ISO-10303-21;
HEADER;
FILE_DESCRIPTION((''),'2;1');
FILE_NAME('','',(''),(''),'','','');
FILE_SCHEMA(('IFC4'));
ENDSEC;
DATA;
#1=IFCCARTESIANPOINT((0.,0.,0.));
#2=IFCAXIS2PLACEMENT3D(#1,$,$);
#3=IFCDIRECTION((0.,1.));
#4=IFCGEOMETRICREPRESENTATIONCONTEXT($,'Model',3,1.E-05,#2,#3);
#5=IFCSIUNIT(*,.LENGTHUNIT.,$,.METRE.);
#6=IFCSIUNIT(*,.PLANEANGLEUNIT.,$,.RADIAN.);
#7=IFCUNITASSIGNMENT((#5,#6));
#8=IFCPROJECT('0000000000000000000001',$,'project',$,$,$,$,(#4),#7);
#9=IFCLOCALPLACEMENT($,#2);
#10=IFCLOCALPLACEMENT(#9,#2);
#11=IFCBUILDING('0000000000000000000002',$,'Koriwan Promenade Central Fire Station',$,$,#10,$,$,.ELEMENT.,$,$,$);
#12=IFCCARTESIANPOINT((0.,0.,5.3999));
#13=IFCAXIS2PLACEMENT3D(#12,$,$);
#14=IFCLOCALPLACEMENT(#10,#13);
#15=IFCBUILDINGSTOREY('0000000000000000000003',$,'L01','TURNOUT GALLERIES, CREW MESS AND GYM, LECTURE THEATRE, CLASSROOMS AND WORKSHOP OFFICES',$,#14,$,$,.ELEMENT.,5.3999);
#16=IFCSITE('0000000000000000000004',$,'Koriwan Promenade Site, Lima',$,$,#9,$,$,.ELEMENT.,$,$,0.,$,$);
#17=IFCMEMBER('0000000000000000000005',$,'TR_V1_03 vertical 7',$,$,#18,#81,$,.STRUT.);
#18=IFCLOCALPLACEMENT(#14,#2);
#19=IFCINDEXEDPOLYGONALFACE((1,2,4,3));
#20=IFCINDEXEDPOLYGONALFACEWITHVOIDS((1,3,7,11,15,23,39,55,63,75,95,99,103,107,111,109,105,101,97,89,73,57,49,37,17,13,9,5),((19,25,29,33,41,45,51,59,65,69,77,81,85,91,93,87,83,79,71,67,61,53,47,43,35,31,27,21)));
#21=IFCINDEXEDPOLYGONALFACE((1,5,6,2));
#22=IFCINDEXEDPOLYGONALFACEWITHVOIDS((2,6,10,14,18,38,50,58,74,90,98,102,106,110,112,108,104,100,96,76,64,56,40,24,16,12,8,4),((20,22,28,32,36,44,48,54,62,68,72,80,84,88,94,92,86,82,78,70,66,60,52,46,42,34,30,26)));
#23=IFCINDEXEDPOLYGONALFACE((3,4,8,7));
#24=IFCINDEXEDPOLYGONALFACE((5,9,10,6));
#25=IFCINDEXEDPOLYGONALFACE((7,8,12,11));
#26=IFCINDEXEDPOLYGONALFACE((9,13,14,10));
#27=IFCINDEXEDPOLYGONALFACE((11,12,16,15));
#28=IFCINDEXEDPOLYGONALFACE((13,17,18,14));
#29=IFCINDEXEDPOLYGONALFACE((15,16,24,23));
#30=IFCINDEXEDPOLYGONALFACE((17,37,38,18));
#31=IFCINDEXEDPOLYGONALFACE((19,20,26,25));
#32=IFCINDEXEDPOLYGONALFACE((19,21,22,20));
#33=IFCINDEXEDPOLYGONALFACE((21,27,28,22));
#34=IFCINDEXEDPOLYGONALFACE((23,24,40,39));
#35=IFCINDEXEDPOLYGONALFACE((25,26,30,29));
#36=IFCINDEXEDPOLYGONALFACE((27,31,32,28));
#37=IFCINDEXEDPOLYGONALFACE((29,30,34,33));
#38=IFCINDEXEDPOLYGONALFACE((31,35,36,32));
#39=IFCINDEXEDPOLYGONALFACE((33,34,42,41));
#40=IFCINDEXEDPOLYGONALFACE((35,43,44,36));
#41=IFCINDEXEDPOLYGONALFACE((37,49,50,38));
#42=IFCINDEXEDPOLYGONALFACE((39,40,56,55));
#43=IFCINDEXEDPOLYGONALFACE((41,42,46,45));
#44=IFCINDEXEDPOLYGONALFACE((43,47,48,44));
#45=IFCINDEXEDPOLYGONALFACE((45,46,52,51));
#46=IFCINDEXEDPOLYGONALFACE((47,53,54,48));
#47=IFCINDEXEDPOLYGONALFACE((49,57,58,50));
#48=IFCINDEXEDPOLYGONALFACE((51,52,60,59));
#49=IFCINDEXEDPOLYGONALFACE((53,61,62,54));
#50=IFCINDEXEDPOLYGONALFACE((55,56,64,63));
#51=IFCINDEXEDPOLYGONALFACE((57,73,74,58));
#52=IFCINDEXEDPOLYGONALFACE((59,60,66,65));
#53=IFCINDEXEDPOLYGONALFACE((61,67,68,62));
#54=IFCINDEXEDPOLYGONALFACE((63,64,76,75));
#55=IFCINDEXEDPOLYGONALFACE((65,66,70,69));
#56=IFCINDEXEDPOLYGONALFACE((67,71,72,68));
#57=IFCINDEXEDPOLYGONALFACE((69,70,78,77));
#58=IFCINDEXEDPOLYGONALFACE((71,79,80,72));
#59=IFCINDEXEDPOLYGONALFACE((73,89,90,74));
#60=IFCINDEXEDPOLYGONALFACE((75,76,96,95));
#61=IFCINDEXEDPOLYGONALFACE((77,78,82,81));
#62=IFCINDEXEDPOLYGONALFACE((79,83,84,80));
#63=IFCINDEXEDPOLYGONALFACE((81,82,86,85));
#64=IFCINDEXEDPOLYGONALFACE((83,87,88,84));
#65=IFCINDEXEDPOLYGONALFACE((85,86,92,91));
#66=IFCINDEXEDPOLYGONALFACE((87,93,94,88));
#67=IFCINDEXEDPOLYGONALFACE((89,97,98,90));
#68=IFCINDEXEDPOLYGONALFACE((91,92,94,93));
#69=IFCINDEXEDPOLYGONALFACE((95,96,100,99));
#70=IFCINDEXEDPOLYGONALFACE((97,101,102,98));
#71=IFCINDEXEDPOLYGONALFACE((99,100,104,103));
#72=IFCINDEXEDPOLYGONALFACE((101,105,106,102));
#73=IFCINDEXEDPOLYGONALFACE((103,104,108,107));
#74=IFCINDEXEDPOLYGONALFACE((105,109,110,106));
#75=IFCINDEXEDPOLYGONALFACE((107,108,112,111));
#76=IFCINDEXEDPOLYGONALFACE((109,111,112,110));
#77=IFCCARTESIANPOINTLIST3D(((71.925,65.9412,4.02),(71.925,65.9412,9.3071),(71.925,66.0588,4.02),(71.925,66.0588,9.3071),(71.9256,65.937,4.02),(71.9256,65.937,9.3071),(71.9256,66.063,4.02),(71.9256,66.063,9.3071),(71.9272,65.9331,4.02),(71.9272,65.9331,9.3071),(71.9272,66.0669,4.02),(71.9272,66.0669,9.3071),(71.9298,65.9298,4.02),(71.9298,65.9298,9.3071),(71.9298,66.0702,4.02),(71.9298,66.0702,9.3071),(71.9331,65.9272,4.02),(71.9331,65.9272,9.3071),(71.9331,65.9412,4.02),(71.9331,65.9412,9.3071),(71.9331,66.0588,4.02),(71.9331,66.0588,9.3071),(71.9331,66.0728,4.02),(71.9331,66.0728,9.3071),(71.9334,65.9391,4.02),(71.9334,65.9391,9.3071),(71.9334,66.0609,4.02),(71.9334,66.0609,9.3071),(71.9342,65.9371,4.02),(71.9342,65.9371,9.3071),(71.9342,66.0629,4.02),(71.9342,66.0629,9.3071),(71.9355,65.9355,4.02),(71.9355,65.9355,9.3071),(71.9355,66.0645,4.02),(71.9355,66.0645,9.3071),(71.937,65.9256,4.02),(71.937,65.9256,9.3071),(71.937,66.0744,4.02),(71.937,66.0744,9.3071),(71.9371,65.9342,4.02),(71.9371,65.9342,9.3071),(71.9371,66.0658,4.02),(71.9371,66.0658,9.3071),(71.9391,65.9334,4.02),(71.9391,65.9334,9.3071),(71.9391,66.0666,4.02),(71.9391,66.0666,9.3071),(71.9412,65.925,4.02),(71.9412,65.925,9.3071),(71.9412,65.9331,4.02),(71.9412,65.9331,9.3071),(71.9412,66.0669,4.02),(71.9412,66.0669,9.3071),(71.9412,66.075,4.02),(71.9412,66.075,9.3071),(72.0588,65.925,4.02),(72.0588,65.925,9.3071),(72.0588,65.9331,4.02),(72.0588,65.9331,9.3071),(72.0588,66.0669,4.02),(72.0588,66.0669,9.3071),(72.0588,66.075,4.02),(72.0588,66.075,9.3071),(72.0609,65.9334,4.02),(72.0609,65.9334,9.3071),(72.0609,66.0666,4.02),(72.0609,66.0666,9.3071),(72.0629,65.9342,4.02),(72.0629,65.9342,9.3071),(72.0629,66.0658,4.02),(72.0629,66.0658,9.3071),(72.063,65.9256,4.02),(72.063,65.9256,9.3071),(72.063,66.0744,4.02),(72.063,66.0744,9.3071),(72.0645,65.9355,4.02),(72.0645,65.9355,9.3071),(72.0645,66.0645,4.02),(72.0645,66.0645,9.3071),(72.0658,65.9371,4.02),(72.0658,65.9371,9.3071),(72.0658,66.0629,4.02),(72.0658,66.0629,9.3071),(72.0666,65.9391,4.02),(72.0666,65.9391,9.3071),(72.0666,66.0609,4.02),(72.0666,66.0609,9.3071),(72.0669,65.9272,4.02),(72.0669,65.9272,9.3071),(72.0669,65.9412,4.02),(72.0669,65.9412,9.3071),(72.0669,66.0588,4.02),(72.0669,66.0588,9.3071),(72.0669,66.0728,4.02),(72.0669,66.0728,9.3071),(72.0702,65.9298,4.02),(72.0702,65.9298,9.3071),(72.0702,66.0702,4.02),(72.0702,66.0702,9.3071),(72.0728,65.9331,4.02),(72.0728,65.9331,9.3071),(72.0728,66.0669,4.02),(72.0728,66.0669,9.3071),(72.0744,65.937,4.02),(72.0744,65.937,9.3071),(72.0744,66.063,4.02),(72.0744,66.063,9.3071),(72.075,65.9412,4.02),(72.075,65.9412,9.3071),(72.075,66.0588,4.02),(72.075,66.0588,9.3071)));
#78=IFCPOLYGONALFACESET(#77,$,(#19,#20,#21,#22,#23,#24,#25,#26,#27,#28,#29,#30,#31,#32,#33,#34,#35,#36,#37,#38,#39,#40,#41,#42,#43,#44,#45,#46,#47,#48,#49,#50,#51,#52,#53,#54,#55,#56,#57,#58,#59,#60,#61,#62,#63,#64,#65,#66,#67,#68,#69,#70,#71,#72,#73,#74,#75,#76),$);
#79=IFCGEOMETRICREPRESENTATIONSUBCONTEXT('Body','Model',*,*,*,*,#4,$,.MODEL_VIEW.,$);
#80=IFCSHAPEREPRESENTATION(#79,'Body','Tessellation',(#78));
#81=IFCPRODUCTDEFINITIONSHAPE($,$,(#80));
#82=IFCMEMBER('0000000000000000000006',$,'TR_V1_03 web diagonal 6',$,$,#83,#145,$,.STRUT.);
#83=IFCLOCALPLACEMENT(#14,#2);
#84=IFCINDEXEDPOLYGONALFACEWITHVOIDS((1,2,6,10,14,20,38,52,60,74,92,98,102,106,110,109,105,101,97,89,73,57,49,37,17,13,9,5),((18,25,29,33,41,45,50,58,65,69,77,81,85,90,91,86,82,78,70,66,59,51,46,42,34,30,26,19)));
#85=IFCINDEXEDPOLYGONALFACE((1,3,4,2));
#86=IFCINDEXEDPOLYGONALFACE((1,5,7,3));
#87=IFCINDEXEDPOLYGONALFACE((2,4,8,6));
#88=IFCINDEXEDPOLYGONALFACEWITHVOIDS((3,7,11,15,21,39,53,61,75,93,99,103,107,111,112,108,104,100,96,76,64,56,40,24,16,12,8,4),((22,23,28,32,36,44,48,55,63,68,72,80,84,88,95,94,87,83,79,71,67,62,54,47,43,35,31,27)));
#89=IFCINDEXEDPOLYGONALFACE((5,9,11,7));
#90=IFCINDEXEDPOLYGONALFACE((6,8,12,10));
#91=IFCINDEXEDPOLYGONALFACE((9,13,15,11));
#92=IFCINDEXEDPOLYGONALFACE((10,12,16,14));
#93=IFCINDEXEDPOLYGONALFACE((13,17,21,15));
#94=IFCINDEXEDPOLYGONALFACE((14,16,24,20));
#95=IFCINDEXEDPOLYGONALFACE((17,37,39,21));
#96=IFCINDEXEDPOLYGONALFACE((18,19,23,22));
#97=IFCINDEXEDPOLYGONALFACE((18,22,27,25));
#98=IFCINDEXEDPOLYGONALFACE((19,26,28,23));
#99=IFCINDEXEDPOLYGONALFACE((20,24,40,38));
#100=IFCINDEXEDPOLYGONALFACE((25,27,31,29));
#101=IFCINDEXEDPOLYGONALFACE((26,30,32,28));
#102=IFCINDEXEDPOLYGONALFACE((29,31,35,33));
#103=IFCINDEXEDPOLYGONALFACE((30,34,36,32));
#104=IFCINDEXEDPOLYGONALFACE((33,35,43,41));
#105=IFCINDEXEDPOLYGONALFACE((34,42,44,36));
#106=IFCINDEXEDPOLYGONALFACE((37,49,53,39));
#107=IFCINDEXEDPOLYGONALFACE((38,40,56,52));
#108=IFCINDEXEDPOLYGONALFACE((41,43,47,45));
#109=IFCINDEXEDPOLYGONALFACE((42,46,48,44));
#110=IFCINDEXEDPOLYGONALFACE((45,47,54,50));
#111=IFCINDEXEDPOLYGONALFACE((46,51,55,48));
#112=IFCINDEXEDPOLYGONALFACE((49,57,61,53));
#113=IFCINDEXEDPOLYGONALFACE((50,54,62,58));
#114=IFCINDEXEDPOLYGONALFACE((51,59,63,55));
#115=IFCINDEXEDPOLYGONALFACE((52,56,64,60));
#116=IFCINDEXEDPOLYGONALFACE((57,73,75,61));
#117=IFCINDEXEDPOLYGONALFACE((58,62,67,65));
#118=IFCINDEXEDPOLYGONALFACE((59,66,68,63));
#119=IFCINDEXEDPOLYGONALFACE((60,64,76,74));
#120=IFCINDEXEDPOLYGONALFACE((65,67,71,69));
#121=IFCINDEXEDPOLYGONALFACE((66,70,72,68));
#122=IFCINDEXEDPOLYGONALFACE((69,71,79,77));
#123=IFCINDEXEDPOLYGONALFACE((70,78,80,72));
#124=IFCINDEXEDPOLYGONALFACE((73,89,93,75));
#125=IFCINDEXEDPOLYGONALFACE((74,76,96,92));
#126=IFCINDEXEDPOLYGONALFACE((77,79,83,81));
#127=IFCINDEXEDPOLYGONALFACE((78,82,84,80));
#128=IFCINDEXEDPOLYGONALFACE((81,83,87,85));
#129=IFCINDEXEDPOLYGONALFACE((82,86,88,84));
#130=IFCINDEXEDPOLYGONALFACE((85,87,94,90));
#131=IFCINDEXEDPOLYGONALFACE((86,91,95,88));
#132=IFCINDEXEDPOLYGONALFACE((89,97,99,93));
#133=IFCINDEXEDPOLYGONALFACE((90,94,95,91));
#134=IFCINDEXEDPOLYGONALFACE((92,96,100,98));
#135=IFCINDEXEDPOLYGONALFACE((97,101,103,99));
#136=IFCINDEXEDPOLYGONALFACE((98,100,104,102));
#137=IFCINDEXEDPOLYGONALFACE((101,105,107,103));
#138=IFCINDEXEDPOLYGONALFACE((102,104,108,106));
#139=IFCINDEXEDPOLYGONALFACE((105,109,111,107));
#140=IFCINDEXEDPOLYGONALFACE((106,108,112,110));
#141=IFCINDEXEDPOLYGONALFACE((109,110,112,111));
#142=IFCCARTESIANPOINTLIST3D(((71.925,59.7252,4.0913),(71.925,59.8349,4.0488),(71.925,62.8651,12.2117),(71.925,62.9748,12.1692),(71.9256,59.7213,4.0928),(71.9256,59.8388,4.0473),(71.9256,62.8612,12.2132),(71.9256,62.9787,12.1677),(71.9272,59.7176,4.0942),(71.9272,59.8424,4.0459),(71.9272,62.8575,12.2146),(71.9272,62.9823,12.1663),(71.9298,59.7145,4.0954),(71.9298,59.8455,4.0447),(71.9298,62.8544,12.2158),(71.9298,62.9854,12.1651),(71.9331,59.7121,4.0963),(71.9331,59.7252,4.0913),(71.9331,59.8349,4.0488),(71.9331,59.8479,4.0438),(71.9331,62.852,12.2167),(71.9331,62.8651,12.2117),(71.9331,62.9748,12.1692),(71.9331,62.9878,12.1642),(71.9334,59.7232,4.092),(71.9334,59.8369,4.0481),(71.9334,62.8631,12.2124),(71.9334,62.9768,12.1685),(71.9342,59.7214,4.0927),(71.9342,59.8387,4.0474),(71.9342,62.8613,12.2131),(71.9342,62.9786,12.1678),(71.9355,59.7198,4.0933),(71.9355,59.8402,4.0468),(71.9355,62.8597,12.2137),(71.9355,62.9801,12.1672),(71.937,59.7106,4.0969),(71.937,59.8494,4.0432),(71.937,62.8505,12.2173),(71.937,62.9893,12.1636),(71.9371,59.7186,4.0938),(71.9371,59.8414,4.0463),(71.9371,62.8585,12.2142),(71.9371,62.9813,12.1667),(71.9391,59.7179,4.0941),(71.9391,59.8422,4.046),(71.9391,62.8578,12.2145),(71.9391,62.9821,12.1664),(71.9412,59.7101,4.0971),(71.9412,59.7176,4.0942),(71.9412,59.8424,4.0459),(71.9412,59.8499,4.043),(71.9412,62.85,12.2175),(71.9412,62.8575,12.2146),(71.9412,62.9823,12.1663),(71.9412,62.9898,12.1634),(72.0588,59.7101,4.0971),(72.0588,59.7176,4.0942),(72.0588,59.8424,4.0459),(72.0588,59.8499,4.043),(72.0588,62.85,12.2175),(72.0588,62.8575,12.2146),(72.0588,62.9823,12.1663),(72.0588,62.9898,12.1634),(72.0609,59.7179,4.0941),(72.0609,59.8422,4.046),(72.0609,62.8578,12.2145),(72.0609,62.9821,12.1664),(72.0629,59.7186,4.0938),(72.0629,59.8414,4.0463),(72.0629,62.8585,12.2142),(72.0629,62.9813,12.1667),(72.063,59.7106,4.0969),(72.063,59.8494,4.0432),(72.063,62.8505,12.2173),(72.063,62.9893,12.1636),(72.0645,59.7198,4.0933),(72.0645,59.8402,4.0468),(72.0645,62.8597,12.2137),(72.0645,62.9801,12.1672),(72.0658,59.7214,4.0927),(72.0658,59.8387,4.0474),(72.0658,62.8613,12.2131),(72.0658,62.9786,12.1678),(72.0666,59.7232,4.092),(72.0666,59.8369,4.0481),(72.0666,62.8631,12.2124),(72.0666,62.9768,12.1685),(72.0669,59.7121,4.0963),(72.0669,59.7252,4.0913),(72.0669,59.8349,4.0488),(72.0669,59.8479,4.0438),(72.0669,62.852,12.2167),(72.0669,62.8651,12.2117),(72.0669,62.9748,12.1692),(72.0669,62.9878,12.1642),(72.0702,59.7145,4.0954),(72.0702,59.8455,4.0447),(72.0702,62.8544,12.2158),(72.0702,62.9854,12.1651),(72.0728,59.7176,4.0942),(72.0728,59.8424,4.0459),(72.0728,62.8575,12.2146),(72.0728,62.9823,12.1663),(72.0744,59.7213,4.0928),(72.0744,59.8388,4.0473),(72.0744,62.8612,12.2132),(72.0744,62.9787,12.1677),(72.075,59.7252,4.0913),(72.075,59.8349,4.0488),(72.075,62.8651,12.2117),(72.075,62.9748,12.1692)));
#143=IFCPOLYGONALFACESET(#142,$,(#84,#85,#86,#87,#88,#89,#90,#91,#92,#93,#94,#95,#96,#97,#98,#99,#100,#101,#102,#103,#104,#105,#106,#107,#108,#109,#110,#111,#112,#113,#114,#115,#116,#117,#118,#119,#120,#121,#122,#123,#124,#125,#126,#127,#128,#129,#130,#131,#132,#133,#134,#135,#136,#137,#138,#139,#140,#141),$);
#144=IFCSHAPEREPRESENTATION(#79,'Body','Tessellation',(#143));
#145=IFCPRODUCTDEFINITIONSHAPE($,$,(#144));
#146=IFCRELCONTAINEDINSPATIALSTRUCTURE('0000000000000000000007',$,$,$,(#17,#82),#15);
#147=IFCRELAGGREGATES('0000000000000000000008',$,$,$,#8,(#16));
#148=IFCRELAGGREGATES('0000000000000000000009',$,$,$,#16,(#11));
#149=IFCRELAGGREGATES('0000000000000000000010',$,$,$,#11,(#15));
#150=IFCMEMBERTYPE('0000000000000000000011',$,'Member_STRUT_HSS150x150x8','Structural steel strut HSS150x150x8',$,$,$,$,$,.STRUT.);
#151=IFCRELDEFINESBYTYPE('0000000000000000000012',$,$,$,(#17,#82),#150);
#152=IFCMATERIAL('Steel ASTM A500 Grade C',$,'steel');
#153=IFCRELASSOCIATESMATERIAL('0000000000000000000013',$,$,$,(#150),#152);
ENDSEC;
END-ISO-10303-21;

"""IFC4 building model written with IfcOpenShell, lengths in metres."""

from ifc_helpers import new_model, si_unit, direction, frame, origin, origin_2d, place, context, subcontext, project, spatial, hollow_rectangle, extrude, material, material_profile, profile_set, type_object, element, save


model = new_model("IFC4")

# Units and contexts
model_context = context("Model", 3, precision=1e-05, world=origin(), true_north=direction((0.0, 1.0)))
body_context = subcontext(model_context, "Body", "Model", "MODEL_VIEW")
ifc_project = project(units=[si_unit("LENGTHUNIT", "METRE"), si_unit("PLANEANGLEUNIT", "RADIAN")], contexts=[model_context])

# Site, building, storey
site_placement = place(None, origin())
site = spatial("IfcSite", under=ifc_project, at=site_placement, Name="Koriwan Promenade Site, Lima", CompositionType="ELEMENT", RefElevation=0.0)
building_placement = place(site_placement, origin())
building = spatial("IfcBuilding", under=site, at=building_placement, Name="Koriwan Promenade Central Fire Station", CompositionType="ELEMENT")
storey_placement = place(building_placement, frame((0.0, 0.0, 5.3999)))
storey = spatial("IfcBuildingStorey", under=building, at=storey_placement, Name="L01", Description="TURNOUT GALLERIES, CREW MESS AND GYM, LECTURE THEATRE, CLASSROOMS AND WORKSHOP OFFICES", CompositionType="ELEMENT", Elevation=5.3999)

# Members
ifc_material_1 = material(Name="Steel ASTM A500 Grade C", Category="steel")
ifc_material_profile_1 = material_profile(ifc_material_1, hollow_rectangle(XDim=0.1499, YDim=0.1499, WallThickness=0.0081, InnerFilletRadius=0.0081, OuterFilletRadius=0.0161, at=origin_2d()), Name="HSS150x150x8")
ifc_profile_set_1 = profile_set([ifc_material_profile_1], Name="Steel ASTM A500 Grade C")
member_type_1 = type_object("IfcMemberType", Name="Member_STRUT_HSS150x150x8", Description="Structural steel strut HSS150x150x8", PredefinedType="STRUT", material=ifc_profile_set_1)
member_1_placement = place(storey_placement, frame((72.0, 66.0, 4.02), z_axis=(0.0, 0.0, 1.0), x_axis=(1.0, 0.0, 0.0)))
element("IfcMember", 1, at=member_1_placement, inside=storey, type_object=member_type_1, Name="TR_V1_03 vertical 7", PredefinedType="STRUT", context=body_context, shape_type="SweptSolid", body=[
    extrude(hollow_rectangle(XDim=0.1499, YDim=0.1499, WallThickness=0.0081, InnerFilletRadius=0.0081, OuterFilletRadius=0.0161, at=origin_2d()), origin(), (0.0, 0.0, 1.0), 5.2871),
])
member_2_placement = place(storey_placement, frame((72.0, 59.78, 4.0701), z_axis=(0.0, 0.360647, 0.932702), x_axis=(-1.0, 0.0, 0.0)))
element("IfcMember", 2, at=member_2_placement, inside=storey, type_object=member_type_1, Name="TR_V1_03 web diagonal 6", PredefinedType="STRUT", context=body_context, shape_type="SweptSolid", body=[
    extrude(hollow_rectangle(XDim=0.1499, YDim=0.1499, WallThickness=0.0081, InnerFilletRadius=0.0081, OuterFilletRadius=0.0161, at=origin_2d()), origin(), (0.0, 0.0, 1.0), 8.7063),
])

save(model, "model.ifc")
